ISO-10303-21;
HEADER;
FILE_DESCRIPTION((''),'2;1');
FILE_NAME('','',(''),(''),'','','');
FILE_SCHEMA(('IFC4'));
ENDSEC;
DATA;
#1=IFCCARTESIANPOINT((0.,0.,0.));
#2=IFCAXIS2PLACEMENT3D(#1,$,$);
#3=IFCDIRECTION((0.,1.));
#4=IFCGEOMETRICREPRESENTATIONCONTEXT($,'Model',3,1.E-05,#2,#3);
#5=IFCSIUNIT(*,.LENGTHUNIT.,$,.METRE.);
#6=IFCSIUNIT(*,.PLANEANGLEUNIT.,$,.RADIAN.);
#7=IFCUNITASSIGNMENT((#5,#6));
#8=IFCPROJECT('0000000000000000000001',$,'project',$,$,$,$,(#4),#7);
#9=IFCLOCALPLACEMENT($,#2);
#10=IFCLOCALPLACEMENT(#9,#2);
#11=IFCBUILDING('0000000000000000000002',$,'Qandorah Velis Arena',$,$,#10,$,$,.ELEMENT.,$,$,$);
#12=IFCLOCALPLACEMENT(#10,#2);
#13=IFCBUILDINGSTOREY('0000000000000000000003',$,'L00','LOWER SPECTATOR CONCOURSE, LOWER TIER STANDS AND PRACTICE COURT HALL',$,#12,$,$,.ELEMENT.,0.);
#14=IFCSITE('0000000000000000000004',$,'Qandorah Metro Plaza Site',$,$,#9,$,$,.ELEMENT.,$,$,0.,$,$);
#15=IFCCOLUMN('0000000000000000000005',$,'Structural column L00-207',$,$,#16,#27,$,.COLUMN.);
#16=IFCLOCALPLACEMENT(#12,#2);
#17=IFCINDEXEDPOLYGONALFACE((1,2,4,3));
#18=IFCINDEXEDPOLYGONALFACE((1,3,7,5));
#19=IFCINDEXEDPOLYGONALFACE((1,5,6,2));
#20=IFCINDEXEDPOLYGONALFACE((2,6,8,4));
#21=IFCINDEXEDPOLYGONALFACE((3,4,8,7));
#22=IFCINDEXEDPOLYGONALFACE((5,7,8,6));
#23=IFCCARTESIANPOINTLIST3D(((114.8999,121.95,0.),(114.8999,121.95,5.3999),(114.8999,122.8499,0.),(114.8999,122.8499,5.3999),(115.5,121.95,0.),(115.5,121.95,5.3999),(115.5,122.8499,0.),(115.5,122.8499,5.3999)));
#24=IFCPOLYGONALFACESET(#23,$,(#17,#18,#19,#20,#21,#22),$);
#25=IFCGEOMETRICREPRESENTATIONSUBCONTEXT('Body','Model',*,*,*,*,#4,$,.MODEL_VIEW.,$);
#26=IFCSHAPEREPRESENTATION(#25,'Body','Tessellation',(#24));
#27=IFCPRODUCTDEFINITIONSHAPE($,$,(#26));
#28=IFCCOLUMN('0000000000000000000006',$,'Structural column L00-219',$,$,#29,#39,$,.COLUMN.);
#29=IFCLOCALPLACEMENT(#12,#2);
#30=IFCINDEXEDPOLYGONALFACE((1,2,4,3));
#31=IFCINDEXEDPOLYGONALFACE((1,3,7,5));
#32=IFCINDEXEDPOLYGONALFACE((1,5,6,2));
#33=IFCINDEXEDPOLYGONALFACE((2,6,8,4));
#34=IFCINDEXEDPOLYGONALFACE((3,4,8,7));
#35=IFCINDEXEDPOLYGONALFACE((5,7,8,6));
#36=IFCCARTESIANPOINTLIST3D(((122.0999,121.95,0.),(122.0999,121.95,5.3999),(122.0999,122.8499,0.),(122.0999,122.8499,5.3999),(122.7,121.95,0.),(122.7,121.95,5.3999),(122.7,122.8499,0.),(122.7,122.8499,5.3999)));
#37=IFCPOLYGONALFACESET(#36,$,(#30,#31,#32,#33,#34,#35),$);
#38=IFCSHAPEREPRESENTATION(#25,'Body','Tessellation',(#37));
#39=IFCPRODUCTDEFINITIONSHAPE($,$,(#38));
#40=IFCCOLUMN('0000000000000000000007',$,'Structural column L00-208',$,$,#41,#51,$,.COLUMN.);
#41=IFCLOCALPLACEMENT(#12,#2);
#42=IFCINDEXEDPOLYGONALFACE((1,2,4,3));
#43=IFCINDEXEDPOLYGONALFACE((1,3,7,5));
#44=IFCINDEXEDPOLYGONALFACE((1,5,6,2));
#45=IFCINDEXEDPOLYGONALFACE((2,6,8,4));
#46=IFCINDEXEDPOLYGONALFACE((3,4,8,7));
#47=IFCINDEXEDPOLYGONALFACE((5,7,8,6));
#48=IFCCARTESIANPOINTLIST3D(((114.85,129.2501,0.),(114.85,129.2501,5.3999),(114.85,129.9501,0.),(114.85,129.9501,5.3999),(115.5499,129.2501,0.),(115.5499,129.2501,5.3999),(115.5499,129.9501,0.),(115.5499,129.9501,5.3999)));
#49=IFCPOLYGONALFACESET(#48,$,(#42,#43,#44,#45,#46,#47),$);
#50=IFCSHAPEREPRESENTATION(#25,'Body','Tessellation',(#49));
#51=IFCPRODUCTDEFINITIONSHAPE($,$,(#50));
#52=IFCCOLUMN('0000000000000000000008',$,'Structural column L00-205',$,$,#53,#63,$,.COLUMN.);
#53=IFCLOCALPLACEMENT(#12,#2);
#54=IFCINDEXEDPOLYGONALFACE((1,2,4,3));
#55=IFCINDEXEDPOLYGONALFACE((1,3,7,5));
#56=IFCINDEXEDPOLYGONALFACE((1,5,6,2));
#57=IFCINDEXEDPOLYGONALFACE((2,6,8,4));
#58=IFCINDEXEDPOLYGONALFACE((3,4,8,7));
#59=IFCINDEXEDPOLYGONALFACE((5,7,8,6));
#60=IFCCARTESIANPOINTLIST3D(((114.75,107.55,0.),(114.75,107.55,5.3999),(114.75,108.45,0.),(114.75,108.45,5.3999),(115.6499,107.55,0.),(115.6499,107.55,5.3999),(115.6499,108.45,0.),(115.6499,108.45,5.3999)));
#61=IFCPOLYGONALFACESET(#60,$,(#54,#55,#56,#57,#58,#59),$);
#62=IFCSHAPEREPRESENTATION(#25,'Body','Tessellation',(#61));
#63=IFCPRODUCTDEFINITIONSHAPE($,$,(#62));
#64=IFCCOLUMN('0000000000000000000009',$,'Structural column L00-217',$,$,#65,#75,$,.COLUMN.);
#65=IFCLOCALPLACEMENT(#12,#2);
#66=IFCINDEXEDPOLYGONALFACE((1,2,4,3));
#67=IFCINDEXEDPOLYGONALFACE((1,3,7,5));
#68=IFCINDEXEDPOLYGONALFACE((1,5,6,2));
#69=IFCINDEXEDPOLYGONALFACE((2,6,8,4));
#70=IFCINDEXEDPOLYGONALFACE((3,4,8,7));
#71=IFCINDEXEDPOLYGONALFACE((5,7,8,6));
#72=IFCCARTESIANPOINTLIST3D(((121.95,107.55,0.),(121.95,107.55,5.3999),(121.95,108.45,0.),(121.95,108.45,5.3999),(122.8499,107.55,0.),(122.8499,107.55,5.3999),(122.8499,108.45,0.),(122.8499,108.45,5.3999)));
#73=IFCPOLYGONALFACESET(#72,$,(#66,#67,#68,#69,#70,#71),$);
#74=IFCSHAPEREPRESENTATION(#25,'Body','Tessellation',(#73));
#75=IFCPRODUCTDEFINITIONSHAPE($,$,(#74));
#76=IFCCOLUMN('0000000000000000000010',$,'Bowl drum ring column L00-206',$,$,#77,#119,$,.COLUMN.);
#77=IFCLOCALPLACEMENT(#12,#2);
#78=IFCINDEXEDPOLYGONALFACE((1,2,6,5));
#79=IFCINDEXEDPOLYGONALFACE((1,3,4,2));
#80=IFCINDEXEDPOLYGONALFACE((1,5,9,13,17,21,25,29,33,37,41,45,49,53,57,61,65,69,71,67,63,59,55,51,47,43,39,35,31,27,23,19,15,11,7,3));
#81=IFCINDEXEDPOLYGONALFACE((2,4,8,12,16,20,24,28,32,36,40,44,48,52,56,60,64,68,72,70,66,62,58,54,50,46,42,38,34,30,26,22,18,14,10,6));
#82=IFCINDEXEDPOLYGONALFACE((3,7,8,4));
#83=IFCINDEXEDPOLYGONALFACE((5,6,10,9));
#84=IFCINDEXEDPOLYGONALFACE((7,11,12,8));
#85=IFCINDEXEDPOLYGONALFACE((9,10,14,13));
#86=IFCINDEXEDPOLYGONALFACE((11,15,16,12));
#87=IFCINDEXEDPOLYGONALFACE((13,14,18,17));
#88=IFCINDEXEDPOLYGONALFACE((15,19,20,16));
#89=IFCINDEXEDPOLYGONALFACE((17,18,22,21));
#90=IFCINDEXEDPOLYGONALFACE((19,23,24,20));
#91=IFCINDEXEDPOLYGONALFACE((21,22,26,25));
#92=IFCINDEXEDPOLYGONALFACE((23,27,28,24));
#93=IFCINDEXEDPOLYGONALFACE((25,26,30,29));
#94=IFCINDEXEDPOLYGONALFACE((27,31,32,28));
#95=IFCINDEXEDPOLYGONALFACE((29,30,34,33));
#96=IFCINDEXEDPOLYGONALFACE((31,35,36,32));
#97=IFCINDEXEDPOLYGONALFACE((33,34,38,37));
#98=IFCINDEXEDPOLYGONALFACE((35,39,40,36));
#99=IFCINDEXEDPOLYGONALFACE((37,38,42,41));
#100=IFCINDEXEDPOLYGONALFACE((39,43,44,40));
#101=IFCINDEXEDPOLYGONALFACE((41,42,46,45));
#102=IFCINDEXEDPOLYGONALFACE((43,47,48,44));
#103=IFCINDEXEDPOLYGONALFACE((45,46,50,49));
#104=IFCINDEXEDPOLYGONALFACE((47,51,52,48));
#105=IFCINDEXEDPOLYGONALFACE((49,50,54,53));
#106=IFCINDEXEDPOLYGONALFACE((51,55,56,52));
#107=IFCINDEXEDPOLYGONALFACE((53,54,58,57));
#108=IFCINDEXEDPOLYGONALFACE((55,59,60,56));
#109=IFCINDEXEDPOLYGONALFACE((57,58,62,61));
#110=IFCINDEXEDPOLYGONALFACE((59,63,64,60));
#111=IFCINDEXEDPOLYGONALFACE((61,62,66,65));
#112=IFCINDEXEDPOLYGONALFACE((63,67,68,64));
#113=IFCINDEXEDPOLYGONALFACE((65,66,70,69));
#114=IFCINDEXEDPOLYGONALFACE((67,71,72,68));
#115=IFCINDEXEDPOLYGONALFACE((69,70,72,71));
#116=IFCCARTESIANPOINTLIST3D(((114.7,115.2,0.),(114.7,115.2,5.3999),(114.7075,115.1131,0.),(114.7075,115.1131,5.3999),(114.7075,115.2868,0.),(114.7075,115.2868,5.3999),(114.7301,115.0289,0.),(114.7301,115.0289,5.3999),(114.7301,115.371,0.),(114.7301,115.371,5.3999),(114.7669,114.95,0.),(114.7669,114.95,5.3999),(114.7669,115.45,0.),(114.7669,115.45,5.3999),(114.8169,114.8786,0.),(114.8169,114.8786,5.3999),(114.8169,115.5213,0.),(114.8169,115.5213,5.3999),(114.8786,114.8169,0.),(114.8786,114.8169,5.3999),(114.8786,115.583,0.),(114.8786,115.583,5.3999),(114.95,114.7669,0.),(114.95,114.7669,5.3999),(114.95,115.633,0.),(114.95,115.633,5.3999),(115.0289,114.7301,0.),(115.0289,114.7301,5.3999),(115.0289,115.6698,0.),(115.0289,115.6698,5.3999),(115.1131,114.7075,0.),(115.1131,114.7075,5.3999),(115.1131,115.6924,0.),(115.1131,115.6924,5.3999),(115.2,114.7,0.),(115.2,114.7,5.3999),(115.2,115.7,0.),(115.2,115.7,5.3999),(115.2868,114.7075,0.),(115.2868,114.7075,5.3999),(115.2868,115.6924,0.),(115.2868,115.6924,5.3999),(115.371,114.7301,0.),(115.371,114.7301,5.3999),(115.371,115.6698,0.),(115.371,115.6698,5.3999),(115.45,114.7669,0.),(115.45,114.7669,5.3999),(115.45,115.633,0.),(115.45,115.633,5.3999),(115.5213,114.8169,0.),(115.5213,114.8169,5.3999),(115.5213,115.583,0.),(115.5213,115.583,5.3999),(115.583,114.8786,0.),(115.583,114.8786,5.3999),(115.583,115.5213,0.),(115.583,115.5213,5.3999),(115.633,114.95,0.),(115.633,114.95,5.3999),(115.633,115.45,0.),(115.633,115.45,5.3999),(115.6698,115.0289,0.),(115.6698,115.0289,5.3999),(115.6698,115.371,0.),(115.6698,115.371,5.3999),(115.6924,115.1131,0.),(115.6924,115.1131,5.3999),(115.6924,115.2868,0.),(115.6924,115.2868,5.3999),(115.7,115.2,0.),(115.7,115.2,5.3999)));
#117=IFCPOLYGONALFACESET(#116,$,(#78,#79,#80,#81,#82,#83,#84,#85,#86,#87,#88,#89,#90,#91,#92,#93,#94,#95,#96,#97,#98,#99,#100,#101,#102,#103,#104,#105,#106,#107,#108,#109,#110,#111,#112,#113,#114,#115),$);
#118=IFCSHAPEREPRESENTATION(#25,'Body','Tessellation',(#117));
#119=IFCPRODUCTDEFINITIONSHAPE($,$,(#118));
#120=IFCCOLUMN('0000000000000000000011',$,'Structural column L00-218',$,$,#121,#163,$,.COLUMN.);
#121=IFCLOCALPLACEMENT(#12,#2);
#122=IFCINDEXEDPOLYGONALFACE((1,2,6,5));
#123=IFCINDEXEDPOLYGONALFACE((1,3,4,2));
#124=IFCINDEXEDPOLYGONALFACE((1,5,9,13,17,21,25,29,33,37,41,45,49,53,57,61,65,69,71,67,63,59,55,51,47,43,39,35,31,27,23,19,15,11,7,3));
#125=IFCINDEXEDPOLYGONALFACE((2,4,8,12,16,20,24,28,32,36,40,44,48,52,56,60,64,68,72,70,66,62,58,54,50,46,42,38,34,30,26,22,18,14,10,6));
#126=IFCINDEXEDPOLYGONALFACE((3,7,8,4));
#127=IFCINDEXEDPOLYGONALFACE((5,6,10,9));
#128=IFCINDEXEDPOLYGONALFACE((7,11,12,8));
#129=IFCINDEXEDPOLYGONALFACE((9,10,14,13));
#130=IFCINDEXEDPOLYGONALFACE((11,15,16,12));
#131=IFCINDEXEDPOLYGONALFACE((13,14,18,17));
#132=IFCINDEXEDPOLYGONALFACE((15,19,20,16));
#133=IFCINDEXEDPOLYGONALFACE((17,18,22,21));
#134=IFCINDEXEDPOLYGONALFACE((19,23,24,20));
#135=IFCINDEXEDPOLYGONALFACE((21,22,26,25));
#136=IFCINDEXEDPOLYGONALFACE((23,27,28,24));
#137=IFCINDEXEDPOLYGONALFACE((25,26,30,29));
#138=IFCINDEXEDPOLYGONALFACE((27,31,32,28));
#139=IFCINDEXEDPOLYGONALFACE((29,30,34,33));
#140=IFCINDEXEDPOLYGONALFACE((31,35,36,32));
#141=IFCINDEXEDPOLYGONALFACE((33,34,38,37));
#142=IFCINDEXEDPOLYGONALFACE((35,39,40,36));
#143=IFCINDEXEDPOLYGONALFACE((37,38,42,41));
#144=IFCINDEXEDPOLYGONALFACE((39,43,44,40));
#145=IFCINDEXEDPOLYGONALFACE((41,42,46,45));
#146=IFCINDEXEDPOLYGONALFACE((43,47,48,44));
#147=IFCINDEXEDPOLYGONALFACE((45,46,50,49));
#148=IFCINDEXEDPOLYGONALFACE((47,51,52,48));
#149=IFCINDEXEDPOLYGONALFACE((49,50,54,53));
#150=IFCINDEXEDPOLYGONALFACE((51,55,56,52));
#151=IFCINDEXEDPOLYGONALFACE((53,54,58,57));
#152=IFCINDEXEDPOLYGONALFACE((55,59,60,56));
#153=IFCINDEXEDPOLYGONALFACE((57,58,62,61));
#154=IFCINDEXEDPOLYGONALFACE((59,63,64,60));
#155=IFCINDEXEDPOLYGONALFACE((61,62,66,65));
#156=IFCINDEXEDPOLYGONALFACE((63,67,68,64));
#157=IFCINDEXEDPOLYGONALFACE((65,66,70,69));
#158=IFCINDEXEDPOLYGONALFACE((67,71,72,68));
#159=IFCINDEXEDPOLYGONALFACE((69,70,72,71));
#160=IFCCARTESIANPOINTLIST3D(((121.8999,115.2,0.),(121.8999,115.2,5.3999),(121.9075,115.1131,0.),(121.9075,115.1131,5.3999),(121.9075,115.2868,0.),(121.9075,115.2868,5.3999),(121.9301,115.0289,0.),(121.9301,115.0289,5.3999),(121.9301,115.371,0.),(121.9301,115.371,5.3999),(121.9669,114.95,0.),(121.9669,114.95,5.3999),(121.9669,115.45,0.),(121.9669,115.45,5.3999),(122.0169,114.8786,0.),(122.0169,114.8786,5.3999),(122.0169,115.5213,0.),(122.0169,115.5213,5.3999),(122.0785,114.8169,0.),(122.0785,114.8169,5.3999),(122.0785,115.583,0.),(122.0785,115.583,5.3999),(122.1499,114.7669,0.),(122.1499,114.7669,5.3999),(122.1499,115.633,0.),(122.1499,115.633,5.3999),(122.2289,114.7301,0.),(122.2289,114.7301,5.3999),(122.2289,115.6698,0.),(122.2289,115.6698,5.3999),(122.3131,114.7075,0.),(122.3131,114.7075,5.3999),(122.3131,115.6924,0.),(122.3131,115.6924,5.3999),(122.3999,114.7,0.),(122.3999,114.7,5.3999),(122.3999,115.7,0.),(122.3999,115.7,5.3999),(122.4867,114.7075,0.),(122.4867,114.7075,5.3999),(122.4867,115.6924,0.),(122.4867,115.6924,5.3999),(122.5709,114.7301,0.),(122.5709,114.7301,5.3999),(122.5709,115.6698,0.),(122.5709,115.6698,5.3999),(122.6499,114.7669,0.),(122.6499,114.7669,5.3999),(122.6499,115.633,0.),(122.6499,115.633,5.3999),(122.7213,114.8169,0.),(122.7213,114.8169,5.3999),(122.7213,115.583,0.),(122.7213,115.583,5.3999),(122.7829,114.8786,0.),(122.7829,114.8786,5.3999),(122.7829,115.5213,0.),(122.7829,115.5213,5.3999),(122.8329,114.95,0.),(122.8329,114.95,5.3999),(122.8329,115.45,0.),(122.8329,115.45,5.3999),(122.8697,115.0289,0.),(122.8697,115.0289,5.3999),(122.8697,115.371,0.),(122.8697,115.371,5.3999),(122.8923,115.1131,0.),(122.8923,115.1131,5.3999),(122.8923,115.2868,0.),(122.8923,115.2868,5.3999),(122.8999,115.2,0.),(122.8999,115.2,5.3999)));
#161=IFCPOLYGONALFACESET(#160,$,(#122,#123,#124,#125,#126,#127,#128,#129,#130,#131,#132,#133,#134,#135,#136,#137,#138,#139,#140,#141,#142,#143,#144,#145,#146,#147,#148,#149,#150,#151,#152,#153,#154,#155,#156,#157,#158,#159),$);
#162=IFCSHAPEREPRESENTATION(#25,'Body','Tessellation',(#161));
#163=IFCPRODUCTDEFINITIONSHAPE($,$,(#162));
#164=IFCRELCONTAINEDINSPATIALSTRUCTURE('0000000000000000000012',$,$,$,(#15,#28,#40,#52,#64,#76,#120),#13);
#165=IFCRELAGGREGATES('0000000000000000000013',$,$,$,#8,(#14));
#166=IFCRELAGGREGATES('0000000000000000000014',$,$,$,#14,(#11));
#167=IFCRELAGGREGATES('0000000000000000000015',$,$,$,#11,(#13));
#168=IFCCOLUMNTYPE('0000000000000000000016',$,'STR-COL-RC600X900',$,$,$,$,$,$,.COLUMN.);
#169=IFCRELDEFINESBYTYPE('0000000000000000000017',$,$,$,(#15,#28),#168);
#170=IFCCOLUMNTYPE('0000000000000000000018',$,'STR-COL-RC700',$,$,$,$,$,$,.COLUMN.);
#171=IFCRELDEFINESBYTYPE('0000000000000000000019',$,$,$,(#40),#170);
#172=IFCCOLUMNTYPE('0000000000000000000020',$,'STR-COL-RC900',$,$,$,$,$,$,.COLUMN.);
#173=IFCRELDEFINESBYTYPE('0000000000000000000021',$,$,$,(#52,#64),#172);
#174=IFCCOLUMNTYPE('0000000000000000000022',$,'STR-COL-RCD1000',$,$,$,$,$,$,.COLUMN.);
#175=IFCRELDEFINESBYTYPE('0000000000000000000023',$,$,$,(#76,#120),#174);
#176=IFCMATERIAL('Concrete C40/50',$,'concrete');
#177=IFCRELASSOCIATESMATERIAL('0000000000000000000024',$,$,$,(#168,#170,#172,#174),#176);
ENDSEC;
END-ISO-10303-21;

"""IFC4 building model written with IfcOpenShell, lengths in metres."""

from ifc_helpers import new_model, si_unit, direction, frame, origin, origin_2d, place, context, subcontext, project, spatial, rectangle, circle, extrude, material, material_profile, profile_set, type_object, element, save


model = new_model("IFC4")

# Units and contexts
model_context = context("Model", 3, precision=1e-05, world=origin(), true_north=direction((0.0, 1.0)))
body_context = subcontext(model_context, "Body", "Model", "MODEL_VIEW")
ifc_project = project(units=[si_unit("LENGTHUNIT", "METRE"), si_unit("PLANEANGLEUNIT", "RADIAN")], contexts=[model_context])

# Site, building, storey
site_placement = place(None, origin())
site = spatial("IfcSite", under=ifc_project, at=site_placement, Name="Qandorah Metro Plaza Site", CompositionType="ELEMENT", RefElevation=0.0)
building_placement = place(site_placement, origin())
building = spatial("IfcBuilding", under=site, at=building_placement, Name="Qandorah Velis Arena", CompositionType="ELEMENT")
storey_placement = place(building_placement, origin())
storey = spatial("IfcBuildingStorey", under=building, at=storey_placement, Name="L00", Description="LOWER SPECTATOR CONCOURSE, LOWER TIER STANDS AND PRACTICE COURT HALL", CompositionType="ELEMENT", Elevation=0.0)

# Columns
ifc_material_1 = material(Name="Concrete C40/50", Category="concrete")
ifc_material_profile_1 = material_profile(ifc_material_1, rectangle(XDim=0.6001, YDim=0.8999, at=origin_2d()), Name="RC COL 600x900")
ifc_profile_set_1 = profile_set([ifc_material_profile_1], Name="Concrete C40/50")
column_type_1 = type_object("IfcColumnType", Name="STR-COL-RC600X900", PredefinedType="COLUMN", material=ifc_profile_set_1)
for number, where, z_axis, x_axis, name in (
    (1, (115.2, 122.3999, 0.0), (0.0, 0.0, 1.0), (1.0, 0.0, 0.0), "Structural column L00-207"),
    (2, (122.3999, 122.3999, 0.0), (0.0, 0.0, 1.0), (1.0, 0.0, 0.0), "Structural column L00-219"),
):
    element("IfcColumn", number, at=place(storey_placement, frame(where, z_axis=z_axis, x_axis=x_axis)), inside=storey, type_object=column_type_1, Name=name, PredefinedType="COLUMN", context=body_context, shape_type="SweptSolid", body=[
        extrude(rectangle(XDim=0.6001, YDim=0.8999, at=origin_2d()), origin(), (0.0, 0.0, 1.0), 5.3999),
    ])
ifc_material_profile_2 = material_profile(ifc_material_1, rectangle(XDim=0.7, YDim=0.7, at=origin_2d()), Name="RC COL 700x700")
ifc_profile_set_2 = profile_set([ifc_material_profile_2], Name="Concrete C40/50")
column_type_2 = type_object("IfcColumnType", Name="STR-COL-RC700", PredefinedType="COLUMN", material=ifc_profile_set_2)
column_placement = place(storey_placement, frame((115.2, 129.6001, 0.0), z_axis=(0.0, 0.0, 1.0), x_axis=(1.0, 0.0, 0.0)))
element("IfcColumn", 3, at=column_placement, inside=storey, type_object=column_type_2, Name="Structural column L00-208", PredefinedType="COLUMN", context=body_context, shape_type="SweptSolid", body=[
    extrude(rectangle(XDim=0.7, YDim=0.7, at=origin_2d()), origin(), (0.0, 0.0, 1.0), 5.3999),
])
ifc_material_profile_3 = material_profile(ifc_material_1, rectangle(XDim=0.8999, YDim=0.8999, at=origin_2d()), Name="RC COL 900x900")
ifc_profile_set_3 = profile_set([ifc_material_profile_3], Name="Concrete C40/50")
column_type_3 = type_object("IfcColumnType", Name="STR-COL-RC900", PredefinedType="COLUMN", material=ifc_profile_set_3)
for number, where, z_axis, x_axis, name in (
    (4, (115.2, 108.0, 0.0), (0.0, 0.0, 1.0), (1.0, 0.0, 0.0), "Structural column L00-205"),
    (5, (122.3999, 108.0, 0.0), (0.0, 0.0, 1.0), (1.0, 0.0, 0.0), "Structural column L00-217"),
):
    element("IfcColumn", number, at=place(storey_placement, frame(where, z_axis=z_axis, x_axis=x_axis)), inside=storey, type_object=column_type_3, Name=name, PredefinedType="COLUMN", context=body_context, shape_type="SweptSolid", body=[
        extrude(rectangle(XDim=0.8999, YDim=0.8999, at=origin_2d()), origin(), (0.0, 0.0, 1.0), 5.3999),
    ])
ifc_material_profile_4 = material_profile(ifc_material_1, circle(Radius=0.5, at=origin_2d()), Name="RC D1000")
ifc_profile_set_4 = profile_set([ifc_material_profile_4], Name="Concrete C40/50")
column_type_4 = type_object("IfcColumnType", Name="STR-COL-RCD1000", PredefinedType="COLUMN", material=ifc_profile_set_4)
for number, where, z_axis, x_axis, name in (
    (6, (115.2, 115.2, 0.0), (0.0, 0.0, 1.0), (1.0, 0.0, 0.0), "Bowl drum ring column L00-206"),
    (7, (122.3999, 115.2, 0.0), (0.0, 0.0, 1.0), (1.0, 0.0, 0.0), "Structural column L00-218"),
):
    element("IfcColumn", number, at=place(storey_placement, frame(where, z_axis=z_axis, x_axis=x_axis)), inside=storey, type_object=column_type_4, Name=name, PredefinedType="COLUMN", context=body_context, shape_type="SweptSolid", body=[
        extrude(circle(Radius=0.5, at=origin_2d()), origin(), (0.0, 0.0, 1.0), 5.3999),
    ])

save(model, "model.ifc")
